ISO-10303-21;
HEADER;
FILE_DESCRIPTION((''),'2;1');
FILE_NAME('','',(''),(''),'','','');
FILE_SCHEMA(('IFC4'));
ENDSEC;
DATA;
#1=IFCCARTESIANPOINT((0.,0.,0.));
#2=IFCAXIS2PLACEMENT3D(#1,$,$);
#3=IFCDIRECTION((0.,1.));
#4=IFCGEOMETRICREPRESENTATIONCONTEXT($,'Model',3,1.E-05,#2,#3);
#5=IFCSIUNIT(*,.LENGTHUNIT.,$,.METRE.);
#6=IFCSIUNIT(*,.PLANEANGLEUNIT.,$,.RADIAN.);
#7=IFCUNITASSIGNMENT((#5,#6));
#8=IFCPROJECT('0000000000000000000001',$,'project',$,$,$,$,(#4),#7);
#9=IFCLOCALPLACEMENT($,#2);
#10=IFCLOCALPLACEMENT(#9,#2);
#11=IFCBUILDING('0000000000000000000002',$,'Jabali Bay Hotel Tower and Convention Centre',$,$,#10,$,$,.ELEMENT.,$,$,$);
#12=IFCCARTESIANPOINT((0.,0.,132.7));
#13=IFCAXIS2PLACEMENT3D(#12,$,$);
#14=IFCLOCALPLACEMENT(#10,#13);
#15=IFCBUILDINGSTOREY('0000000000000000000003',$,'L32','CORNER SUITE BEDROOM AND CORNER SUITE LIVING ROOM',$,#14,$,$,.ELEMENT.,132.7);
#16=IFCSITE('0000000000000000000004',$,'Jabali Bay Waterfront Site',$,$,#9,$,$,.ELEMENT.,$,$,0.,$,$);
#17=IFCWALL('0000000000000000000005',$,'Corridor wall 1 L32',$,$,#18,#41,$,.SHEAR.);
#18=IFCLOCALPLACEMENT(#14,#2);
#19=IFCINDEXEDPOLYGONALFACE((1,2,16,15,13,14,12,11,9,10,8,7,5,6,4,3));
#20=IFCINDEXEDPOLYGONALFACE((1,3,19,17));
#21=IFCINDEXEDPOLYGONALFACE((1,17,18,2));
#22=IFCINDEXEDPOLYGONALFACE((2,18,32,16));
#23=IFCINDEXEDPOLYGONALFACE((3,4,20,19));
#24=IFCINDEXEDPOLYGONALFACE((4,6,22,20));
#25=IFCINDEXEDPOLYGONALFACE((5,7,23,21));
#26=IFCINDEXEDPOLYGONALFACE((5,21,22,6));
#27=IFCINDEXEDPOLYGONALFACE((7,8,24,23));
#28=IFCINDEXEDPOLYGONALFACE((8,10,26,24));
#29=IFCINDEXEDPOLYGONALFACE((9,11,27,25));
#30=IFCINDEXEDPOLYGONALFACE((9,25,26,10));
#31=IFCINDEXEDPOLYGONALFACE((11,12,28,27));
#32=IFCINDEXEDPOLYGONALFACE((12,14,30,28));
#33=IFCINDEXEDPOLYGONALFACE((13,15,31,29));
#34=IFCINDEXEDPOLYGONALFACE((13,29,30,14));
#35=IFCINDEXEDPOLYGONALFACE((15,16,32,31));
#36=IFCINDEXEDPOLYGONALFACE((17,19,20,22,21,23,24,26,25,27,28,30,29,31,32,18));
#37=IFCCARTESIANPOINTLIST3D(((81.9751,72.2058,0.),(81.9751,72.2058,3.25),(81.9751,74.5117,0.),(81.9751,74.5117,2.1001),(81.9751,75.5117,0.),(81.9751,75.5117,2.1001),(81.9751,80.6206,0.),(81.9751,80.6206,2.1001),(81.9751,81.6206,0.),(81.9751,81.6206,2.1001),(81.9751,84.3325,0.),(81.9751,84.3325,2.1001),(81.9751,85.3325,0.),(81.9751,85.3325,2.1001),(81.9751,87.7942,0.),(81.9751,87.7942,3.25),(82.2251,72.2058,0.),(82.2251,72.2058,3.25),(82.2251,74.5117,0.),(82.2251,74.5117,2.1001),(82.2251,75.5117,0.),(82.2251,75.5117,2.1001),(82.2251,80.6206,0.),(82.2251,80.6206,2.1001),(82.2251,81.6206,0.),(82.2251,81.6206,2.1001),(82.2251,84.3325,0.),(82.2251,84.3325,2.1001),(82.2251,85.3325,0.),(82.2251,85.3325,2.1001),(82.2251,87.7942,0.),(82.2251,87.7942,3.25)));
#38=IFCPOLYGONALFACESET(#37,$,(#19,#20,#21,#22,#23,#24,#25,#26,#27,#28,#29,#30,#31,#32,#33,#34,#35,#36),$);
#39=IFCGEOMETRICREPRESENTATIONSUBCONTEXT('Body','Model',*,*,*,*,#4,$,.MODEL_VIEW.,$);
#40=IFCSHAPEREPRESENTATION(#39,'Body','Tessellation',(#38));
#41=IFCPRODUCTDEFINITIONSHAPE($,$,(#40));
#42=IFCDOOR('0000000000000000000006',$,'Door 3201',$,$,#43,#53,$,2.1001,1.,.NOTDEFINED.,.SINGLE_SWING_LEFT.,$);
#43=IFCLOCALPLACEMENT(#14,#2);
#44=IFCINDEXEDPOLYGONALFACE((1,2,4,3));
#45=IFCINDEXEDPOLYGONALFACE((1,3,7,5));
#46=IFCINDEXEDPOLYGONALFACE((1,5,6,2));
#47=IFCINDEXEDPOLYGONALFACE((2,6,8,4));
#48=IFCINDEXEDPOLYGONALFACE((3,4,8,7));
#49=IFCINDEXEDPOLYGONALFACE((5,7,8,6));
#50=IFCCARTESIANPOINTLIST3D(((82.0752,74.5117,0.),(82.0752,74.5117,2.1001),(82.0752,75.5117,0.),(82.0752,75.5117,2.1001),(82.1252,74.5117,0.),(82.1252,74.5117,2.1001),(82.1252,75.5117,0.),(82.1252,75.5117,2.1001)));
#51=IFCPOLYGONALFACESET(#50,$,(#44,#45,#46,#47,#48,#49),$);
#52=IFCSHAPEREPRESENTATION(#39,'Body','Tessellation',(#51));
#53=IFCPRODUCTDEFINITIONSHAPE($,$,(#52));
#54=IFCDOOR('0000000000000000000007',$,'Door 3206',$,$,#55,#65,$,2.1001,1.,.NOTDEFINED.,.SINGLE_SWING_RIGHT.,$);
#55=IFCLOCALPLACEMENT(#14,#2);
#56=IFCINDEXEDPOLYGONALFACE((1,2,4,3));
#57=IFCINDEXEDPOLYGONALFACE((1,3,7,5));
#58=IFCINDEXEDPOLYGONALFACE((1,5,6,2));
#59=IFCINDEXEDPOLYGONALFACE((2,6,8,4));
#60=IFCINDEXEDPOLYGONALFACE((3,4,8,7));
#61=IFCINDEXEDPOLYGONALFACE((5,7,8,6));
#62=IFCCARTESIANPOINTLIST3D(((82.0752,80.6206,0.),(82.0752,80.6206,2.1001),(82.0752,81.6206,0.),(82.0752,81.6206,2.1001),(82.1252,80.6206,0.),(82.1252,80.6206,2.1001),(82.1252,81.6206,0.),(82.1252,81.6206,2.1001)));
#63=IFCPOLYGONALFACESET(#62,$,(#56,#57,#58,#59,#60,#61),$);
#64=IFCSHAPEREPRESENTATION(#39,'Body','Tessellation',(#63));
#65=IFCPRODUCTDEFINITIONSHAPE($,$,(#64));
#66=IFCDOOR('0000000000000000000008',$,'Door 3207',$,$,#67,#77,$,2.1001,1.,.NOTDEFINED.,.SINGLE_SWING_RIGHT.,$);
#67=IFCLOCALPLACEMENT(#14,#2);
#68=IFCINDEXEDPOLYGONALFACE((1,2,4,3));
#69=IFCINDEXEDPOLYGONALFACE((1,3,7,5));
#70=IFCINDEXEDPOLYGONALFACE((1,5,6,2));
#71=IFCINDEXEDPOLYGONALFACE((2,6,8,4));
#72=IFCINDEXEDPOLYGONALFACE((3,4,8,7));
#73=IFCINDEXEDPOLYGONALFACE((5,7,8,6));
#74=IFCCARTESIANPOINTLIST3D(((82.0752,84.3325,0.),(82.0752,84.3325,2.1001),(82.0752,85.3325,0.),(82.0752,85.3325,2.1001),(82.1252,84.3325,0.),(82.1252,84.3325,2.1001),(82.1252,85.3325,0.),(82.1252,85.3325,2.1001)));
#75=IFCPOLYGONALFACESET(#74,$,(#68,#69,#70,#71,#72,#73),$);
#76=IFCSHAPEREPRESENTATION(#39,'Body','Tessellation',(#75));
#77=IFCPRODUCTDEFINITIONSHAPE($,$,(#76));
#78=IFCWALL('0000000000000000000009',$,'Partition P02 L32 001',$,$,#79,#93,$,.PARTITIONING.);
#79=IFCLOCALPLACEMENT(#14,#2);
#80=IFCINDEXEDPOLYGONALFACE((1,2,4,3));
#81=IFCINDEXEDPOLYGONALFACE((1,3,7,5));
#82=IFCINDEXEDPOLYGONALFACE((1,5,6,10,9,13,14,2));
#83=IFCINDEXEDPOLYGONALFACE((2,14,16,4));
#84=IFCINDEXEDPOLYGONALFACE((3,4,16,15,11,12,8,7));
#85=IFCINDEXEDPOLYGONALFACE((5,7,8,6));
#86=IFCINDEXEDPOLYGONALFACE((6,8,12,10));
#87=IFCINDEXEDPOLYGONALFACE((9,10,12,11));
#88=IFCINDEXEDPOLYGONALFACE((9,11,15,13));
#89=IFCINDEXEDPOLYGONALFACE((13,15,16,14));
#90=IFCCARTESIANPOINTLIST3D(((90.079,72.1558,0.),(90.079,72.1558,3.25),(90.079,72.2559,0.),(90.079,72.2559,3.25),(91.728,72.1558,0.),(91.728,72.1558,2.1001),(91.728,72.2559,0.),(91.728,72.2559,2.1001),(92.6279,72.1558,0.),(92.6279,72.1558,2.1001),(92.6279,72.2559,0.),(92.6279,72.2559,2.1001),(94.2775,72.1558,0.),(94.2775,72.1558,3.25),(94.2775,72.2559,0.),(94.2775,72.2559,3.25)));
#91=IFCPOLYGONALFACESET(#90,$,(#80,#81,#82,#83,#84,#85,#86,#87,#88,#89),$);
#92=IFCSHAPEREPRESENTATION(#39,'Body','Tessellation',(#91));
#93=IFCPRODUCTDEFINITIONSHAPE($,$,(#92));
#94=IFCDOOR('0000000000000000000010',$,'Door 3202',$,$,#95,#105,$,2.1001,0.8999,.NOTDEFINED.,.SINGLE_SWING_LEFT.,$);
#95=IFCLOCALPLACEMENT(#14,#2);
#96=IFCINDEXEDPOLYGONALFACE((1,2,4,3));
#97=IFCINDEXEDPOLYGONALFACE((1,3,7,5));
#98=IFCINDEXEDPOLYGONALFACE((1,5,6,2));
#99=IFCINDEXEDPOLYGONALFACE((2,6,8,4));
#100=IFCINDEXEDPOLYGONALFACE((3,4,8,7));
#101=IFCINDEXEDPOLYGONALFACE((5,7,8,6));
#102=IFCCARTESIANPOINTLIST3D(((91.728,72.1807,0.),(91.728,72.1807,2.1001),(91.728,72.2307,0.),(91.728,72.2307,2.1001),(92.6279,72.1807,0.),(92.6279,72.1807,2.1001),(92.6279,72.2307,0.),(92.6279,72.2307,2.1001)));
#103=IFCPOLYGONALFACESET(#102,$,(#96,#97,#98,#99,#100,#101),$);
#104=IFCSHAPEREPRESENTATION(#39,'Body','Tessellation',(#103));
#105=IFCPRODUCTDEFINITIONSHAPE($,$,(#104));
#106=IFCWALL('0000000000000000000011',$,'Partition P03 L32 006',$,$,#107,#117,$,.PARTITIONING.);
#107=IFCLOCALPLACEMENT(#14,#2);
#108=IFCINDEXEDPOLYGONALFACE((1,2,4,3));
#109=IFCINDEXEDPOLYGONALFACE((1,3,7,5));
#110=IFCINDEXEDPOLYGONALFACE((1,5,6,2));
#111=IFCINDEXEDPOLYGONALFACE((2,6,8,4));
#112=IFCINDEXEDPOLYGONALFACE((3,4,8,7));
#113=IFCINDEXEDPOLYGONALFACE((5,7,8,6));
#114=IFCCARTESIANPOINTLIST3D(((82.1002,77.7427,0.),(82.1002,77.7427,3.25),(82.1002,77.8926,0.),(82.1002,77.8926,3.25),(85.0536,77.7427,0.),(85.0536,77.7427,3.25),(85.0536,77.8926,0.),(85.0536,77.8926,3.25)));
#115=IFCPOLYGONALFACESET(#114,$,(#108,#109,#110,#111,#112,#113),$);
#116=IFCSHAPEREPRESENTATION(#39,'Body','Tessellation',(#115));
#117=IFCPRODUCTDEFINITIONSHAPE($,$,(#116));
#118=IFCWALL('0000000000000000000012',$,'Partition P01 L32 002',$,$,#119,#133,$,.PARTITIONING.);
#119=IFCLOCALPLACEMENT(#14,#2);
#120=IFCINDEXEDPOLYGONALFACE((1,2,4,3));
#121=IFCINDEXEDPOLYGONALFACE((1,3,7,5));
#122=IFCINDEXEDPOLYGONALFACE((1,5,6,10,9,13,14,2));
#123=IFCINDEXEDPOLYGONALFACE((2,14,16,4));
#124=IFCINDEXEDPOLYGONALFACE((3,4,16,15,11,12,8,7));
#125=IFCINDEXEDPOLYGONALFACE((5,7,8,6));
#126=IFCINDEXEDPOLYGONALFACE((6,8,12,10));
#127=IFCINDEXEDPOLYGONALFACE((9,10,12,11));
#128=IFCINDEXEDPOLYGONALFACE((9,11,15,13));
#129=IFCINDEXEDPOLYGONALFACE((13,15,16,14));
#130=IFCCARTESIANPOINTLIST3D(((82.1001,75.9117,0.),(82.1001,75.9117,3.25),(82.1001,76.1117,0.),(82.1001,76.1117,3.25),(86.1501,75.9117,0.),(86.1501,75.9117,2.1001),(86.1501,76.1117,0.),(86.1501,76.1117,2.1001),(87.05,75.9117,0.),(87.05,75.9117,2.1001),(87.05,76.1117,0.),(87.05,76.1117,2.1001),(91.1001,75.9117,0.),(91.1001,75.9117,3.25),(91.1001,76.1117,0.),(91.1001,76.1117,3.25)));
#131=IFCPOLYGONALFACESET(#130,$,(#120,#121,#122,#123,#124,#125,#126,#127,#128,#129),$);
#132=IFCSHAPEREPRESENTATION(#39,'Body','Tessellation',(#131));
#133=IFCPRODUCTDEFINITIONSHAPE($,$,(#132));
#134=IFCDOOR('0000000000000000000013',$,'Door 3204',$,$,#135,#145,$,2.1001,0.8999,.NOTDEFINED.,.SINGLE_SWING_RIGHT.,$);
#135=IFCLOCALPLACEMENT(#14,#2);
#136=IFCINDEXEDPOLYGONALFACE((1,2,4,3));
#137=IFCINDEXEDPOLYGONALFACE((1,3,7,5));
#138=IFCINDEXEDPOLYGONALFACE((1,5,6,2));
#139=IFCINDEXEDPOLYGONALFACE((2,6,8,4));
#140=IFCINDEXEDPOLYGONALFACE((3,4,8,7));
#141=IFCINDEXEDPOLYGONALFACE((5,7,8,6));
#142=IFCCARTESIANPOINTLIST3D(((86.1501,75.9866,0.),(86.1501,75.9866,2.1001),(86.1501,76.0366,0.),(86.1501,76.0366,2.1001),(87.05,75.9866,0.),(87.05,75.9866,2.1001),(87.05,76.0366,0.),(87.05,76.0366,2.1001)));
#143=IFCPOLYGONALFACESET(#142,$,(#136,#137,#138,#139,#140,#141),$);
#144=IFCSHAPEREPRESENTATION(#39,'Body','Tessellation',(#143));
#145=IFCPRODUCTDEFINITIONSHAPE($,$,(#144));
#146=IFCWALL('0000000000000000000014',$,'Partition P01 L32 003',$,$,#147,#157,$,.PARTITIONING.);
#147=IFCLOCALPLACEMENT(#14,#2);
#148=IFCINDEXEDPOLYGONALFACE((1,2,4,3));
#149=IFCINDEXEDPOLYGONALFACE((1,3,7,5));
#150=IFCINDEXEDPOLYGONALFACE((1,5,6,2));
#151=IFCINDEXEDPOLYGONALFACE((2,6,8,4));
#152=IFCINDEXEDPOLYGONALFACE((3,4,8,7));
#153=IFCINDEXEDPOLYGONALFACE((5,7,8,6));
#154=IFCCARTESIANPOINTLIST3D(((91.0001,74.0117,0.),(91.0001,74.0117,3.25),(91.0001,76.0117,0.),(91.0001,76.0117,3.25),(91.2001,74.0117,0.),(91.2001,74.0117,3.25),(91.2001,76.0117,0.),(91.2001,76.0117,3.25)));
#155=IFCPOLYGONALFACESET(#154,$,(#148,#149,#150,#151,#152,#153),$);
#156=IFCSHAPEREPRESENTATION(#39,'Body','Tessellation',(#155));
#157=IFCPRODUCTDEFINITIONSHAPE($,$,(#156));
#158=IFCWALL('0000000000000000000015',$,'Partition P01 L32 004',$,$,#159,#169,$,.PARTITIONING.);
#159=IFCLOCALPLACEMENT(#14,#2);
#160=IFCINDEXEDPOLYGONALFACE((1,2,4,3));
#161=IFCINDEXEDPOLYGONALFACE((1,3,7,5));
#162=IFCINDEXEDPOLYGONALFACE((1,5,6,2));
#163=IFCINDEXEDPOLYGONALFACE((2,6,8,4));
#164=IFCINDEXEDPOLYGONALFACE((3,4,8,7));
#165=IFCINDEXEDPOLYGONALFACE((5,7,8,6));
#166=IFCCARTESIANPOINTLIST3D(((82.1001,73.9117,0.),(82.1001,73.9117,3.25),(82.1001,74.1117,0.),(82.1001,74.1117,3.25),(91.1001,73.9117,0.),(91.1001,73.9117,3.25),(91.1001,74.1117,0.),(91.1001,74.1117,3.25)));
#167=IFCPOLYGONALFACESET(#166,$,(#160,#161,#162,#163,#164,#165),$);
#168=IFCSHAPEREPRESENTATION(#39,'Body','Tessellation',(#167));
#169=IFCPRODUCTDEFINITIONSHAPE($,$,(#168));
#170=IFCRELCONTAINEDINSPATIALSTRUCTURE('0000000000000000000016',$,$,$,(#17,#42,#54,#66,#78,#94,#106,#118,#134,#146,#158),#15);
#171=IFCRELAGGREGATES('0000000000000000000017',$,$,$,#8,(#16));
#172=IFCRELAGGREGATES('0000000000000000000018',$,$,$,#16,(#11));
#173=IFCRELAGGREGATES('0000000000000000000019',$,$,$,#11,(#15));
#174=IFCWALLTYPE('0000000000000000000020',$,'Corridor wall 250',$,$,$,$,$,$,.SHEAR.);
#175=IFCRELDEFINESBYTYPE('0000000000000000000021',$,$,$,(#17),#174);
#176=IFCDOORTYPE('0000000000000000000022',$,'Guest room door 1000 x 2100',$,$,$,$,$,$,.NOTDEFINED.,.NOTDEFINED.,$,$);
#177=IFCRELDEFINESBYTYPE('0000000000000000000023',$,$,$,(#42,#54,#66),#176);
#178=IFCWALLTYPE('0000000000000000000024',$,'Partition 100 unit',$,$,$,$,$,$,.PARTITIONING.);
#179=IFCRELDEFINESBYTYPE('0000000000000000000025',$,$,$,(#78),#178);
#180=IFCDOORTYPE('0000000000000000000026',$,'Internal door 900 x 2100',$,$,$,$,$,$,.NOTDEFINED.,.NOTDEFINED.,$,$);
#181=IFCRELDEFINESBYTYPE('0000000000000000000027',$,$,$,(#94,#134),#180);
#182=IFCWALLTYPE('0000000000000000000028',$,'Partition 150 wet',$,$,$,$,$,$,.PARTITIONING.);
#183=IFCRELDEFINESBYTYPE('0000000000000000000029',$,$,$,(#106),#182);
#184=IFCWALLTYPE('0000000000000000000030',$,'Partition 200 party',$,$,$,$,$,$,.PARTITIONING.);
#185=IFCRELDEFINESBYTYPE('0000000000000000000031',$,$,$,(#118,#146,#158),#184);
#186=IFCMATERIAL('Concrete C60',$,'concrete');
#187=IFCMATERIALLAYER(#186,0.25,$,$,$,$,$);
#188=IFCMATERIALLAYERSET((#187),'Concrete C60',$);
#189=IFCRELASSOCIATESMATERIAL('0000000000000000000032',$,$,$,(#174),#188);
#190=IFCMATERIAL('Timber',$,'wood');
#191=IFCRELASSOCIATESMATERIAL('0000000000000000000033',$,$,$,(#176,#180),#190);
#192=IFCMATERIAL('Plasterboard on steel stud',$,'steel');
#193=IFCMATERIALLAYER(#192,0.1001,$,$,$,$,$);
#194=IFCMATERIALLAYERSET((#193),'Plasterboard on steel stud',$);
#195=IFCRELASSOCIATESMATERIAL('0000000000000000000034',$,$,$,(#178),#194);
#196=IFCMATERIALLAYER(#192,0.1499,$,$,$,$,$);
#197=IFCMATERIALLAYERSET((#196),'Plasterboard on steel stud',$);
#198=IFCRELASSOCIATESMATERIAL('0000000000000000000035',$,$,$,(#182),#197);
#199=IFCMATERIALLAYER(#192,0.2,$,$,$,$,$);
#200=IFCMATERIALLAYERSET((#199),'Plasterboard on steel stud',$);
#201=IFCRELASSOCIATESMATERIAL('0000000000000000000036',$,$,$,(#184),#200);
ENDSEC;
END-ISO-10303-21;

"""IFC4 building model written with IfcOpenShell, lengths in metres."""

from ifc_helpers import new_model, si_unit, direction, frame, frame_2d, origin, place, context, subcontext, project, spatial, rectangle, extrude, material, layer, layer_set, type_object, element, fill, save


model = new_model("IFC4")

# Units and contexts
model_context = context("Model", 3, precision=1e-05, world=origin(), true_north=direction((0.0, 1.0)))
body_context = subcontext(model_context, "Body", "Model", "MODEL_VIEW")
ifc_project = project(units=[si_unit("LENGTHUNIT", "METRE"), si_unit("PLANEANGLEUNIT", "RADIAN")], contexts=[model_context])

# Site, building, storey
site_placement = place(None, origin())
site = spatial("IfcSite", under=ifc_project, at=site_placement, Name="Jabali Bay Waterfront Site", CompositionType="ELEMENT", RefElevation=0.0)
building_placement = place(site_placement, origin())
building = spatial("IfcBuilding", under=site, at=building_placement, Name="Jabali Bay Hotel Tower and Convention Centre", CompositionType="ELEMENT")
storey_placement = place(building_placement, frame((0.0, 0.0, 132.7)))
storey = spatial("IfcBuildingStorey", under=building, at=storey_placement, Name="L32", Description="CORNER SUITE BEDROOM AND CORNER SUITE LIVING ROOM", CompositionType="ELEMENT", Elevation=132.7)

# Shared definitions
ifc_material_1 = material(Name="Concrete C60", Category="concrete")

# Wall, openings, doors
ifc_layer_1 = layer(ifc_material_1, 0.25)
ifc_layer_set_1 = layer_set([ifc_layer_1], Name="Concrete C60")
wall_type_1 = type_object("IfcWallType", Name="Corridor wall 250", PredefinedType="SHEAR", material=ifc_layer_set_1)
wall_1_placement = place(storey_placement, frame((82.1001, 72.2058, 0.0), z_axis=(0.0, 0.0, 1.0), x_axis=(0.0, 1.0, 0.0)))
wall_1 = element("IfcWall", 1, at=wall_1_placement, inside=storey, type_object=wall_type_1, Name="Corridor wall 1 L32", PredefinedType="SHEAR", context=body_context, shape_type="SweptSolid", body=[
    extrude(rectangle(XDim=15.5884, YDim=0.25, at=frame_2d((7.7942, 0.0))), origin(), (0.0, 0.0, 1.0), 3.25),
])
opening_1_placement = place(wall_1_placement, frame((2.3059, 0.0, 0.0)))
opening_1 = element("IfcOpeningElement", 2, at=opening_1_placement, cuts=wall_1, PredefinedType="OPENING", context=body_context, shape_type="SweptSolid", body=[
    extrude(rectangle(XDim=1.0, YDim=2.1001, at=frame_2d((0.5, 1.05))), frame((0.0, 0.1355, 0.0), z_axis=(0.0, -1.0, 0.0), x_axis=(1.0, 0.0, 0.0)), (0.0, 0.0, 1.0), 0.271),
])
opening_2_placement = place(wall_1_placement, frame((8.4148, 0.0, 0.0)))
opening_2 = element("IfcOpeningElement", 3, at=opening_2_placement, cuts=wall_1, PredefinedType="OPENING", context=body_context, shape_type="SweptSolid", body=[
    extrude(rectangle(XDim=1.0, YDim=2.1001, at=frame_2d((0.5, 1.05))), frame((0.0, 0.1355, 0.0), z_axis=(0.0, -1.0, 0.0), x_axis=(1.0, 0.0, 0.0)), (0.0, 0.0, 1.0), 0.271),
])
opening_3_placement = place(wall_1_placement, frame((12.1267, 0.0, 0.0)))
opening_3 = element("IfcOpeningElement", 4, at=opening_3_placement, cuts=wall_1, PredefinedType="OPENING", context=body_context, shape_type="SweptSolid", body=[
    extrude(rectangle(XDim=1.0, YDim=2.1001, at=frame_2d((0.5, 1.05))), frame((0.0, 0.1355, 0.0), z_axis=(0.0, -1.0, 0.0), x_axis=(1.0, 0.0, 0.0)), (0.0, 0.0, 1.0), 0.271),
])
ifc_material_2 = material(Name="Timber", Category="wood")
door_type_1 = type_object("IfcDoorType", Name="Guest room door 1000 x 2100", OperationType="NOTDEFINED", PredefinedType="NOTDEFINED", material=ifc_material_2)
door_1_placement = place(opening_1_placement, origin())
door_1 = element("IfcDoor", 5, at=door_1_placement, inside=storey, type_object=door_type_1, Name="Door 3201", OperationType="SINGLE_SWING_LEFT", OverallHeight=2.1001, OverallWidth=1.0, PredefinedType="NOTDEFINED", context=body_context, shape_type="SweptSolid", body=[
    extrude(rectangle(XDim=1.0, YDim=2.1001, at=frame_2d((0.5, 1.05))), frame((0.0, 0.0249, 0.0), z_axis=(0.0, -1.0, 0.0), x_axis=(1.0, 0.0, 0.0)), (0.0, 0.0, 1.0), 0.05),
])
fill(opening_1, door_1)
door_2_placement = place(opening_2_placement, origin())
door_2 = element("IfcDoor", 6, at=door_2_placement, inside=storey, type_object=door_type_1, Name="Door 3206", OperationType="SINGLE_SWING_RIGHT", OverallHeight=2.1001, OverallWidth=1.0, PredefinedType="NOTDEFINED", context=body_context, shape_type="SweptSolid", body=[
    extrude(rectangle(XDim=1.0, YDim=2.1001, at=frame_2d((0.5, 1.05))), frame((0.0, 0.0249, 0.0), z_axis=(0.0, -1.0, 0.0), x_axis=(1.0, 0.0, 0.0)), (0.0, 0.0, 1.0), 0.05),
])
fill(opening_2, door_2)
door_3_placement = place(opening_3_placement, origin())
door_3 = element("IfcDoor", 7, at=door_3_placement, inside=storey, type_object=door_type_1, Name="Door 3207", OperationType="SINGLE_SWING_RIGHT", OverallHeight=2.1001, OverallWidth=1.0, PredefinedType="NOTDEFINED", context=body_context, shape_type="SweptSolid", body=[
    extrude(rectangle(XDim=1.0, YDim=2.1001, at=frame_2d((0.5, 1.05))), frame((0.0, 0.0249, 0.0), z_axis=(0.0, -1.0, 0.0), x_axis=(1.0, 0.0, 0.0)), (0.0, 0.0, 1.0), 0.05),
])
fill(opening_3, door_3)

# Wall, opening, door
ifc_material_3 = material(Name="Plasterboard on steel stud", Category="steel")
ifc_layer_2 = layer(ifc_material_3, 0.1001)
ifc_layer_set_2 = layer_set([ifc_layer_2], Name="Plasterboard on steel stud")
wall_type_2 = type_object("IfcWallType", Name="Partition 100 unit", PredefinedType="PARTITIONING", material=ifc_layer_set_2)
wall_2_placement = place(storey_placement, frame((90.0791, 72.2058, 0.0), z_axis=(0.0, 0.0, 1.0), x_axis=(1.0, 0.0, 0.0)))
wall_2 = element("IfcWall", 8, at=wall_2_placement, inside=storey, type_object=wall_type_2, Name="Partition P02 L32 001", PredefinedType="PARTITIONING", context=body_context, shape_type="SweptSolid", body=[
    extrude(rectangle(XDim=4.1985, YDim=0.1001, at=frame_2d((2.0991, 0.0))), origin(), (0.0, 0.0, 1.0), 3.25),
])
opening_4_placement = place(wall_2_placement, frame((1.6489, 0.0, 0.0)))
opening_4 = element("IfcOpeningElement", 9, at=opening_4_placement, cuts=wall_2, PredefinedType="OPENING", context=body_context, shape_type="SweptSolid", body=[
    extrude(rectangle(XDim=0.8999, YDim=2.1001, at=frame_2d((0.45, 1.05))), frame((0.0, 0.0605, 0.0), z_axis=(0.0, -1.0, 0.0), x_axis=(1.0, 0.0, 0.0)), (0.0, 0.0, 1.0), 0.1211),
])
door_type_2 = type_object("IfcDoorType", Name="Internal door 900 x 2100", OperationType="NOTDEFINED", PredefinedType="NOTDEFINED", material=ifc_material_2)
door_4_placement = place(opening_4_placement, origin())
door_4 = element("IfcDoor", 10, at=door_4_placement, inside=storey, type_object=door_type_2, Name="Door 3202", OperationType="SINGLE_SWING_LEFT", OverallHeight=2.1001, OverallWidth=0.8999, PredefinedType="NOTDEFINED", context=body_context, shape_type="SweptSolid", body=[
    extrude(rectangle(XDim=0.8999, YDim=2.1001, at=frame_2d((0.45, 1.05))), frame((0.0, 0.0249, 0.0), z_axis=(0.0, -1.0, 0.0), x_axis=(1.0, 0.0, 0.0)), (0.0, 0.0, 1.0), 0.05),
])
fill(opening_4, door_4)

# Wall
ifc_layer_3 = layer(ifc_material_3, 0.1499)
ifc_layer_set_3 = layer_set([ifc_layer_3], Name="Plasterboard on steel stud")
wall_type_3 = type_object("IfcWallType", Name="Partition 150 wet", PredefinedType="PARTITIONING", material=ifc_layer_set_3)
wall_3_placement = place(storey_placement, frame((85.0535, 77.8176, 0.0), z_axis=(0.0, 0.0, 1.0), x_axis=(-1.0, 0.0, 0.0)))
element("IfcWall", 11, at=wall_3_placement, inside=storey, type_object=wall_type_3, Name="Partition P03 L32 006", PredefinedType="PARTITIONING", context=body_context, shape_type="SweptSolid", body=[
    extrude(rectangle(XDim=2.9534, YDim=0.1499, at=frame_2d((1.4766, 0.0))), origin(), (0.0, 0.0, 1.0), 3.25),
])

# Wall, opening, door
ifc_layer_4 = layer(ifc_material_3, 0.2)
ifc_layer_set_4 = layer_set([ifc_layer_4], Name="Plasterboard on steel stud")
wall_type_4 = type_object("IfcWallType", Name="Partition 200 party", PredefinedType="PARTITIONING", material=ifc_layer_set_4)
wall_4_placement = place(storey_placement, frame((82.1001, 76.0117, 0.0), z_axis=(0.0, 0.0, 1.0), x_axis=(1.0, 0.0, 0.0)))
wall_4 = element("IfcWall", 12, at=wall_4_placement, inside=storey, type_object=wall_type_4, Name="Partition P01 L32 002", PredefinedType="PARTITIONING", context=body_context, shape_type="SweptSolid", body=[
    extrude(rectangle(XDim=9.0, YDim=0.2, at=frame_2d((4.5, 0.0))), origin(), (0.0, 0.0, 1.0), 3.25),
])
opening_5_placement = place(wall_4_placement, frame((4.05, 0.0, 0.0)))
opening_5 = element("IfcOpeningElement", 13, at=opening_5_placement, cuts=wall_4, PredefinedType="OPENING", context=body_context, shape_type="SweptSolid", body=[
    extrude(rectangle(XDim=0.8999, YDim=2.1001, at=frame_2d((0.45, 1.05))), frame((0.0, 0.1104, 0.0), z_axis=(0.0, -1.0, 0.0), x_axis=(1.0, 0.0, 0.0)), (0.0, 0.0, 1.0), 0.2209),
])
door_5_placement = place(opening_5_placement, origin())
door_5 = element("IfcDoor", 14, at=door_5_placement, inside=storey, type_object=door_type_2, Name="Door 3204", OperationType="SINGLE_SWING_RIGHT", OverallHeight=2.1001, OverallWidth=0.8999, PredefinedType="NOTDEFINED", context=body_context, shape_type="SweptSolid", body=[
    extrude(rectangle(XDim=0.8999, YDim=2.1001, at=frame_2d((0.45, 1.05))), frame((0.0, 0.0249, 0.0), z_axis=(0.0, -1.0, 0.0), x_axis=(1.0, 0.0, 0.0)), (0.0, 0.0, 1.0), 0.05),
])
fill(opening_5, door_5)

# Walls
wall_5_placement = place(storey_placement, frame((91.1001, 76.0117, 0.0), z_axis=(0.0, 0.0, 1.0), x_axis=(0.0, -1.0, 0.0)))
element("IfcWall", 15, at=wall_5_placement, inside=storey, type_object=wall_type_4, Name="Partition P01 L32 003", PredefinedType="PARTITIONING", context=body_context, shape_type="SweptSolid", body=[
    extrude(rectangle(XDim=2.0, YDim=0.2, at=frame_2d((1.0, 0.0))), origin(), (0.0, 0.0, 1.0), 3.25),
])
wall_6_placement = place(storey_placement, frame((91.1001, 74.0117, 0.0), z_axis=(0.0, 0.0, 1.0), x_axis=(-1.0, 0.0, 0.0)))
element("IfcWall", 16, at=wall_6_placement, inside=storey, type_object=wall_type_4, Name="Partition P01 L32 004", PredefinedType="PARTITIONING", context=body_context, shape_type="SweptSolid", body=[
    extrude(rectangle(XDim=9.0, YDim=0.2, at=frame_2d((4.5, 0.0))), origin(), (0.0, 0.0, 1.0), 3.25),
])

save(model, "model.ifc")
